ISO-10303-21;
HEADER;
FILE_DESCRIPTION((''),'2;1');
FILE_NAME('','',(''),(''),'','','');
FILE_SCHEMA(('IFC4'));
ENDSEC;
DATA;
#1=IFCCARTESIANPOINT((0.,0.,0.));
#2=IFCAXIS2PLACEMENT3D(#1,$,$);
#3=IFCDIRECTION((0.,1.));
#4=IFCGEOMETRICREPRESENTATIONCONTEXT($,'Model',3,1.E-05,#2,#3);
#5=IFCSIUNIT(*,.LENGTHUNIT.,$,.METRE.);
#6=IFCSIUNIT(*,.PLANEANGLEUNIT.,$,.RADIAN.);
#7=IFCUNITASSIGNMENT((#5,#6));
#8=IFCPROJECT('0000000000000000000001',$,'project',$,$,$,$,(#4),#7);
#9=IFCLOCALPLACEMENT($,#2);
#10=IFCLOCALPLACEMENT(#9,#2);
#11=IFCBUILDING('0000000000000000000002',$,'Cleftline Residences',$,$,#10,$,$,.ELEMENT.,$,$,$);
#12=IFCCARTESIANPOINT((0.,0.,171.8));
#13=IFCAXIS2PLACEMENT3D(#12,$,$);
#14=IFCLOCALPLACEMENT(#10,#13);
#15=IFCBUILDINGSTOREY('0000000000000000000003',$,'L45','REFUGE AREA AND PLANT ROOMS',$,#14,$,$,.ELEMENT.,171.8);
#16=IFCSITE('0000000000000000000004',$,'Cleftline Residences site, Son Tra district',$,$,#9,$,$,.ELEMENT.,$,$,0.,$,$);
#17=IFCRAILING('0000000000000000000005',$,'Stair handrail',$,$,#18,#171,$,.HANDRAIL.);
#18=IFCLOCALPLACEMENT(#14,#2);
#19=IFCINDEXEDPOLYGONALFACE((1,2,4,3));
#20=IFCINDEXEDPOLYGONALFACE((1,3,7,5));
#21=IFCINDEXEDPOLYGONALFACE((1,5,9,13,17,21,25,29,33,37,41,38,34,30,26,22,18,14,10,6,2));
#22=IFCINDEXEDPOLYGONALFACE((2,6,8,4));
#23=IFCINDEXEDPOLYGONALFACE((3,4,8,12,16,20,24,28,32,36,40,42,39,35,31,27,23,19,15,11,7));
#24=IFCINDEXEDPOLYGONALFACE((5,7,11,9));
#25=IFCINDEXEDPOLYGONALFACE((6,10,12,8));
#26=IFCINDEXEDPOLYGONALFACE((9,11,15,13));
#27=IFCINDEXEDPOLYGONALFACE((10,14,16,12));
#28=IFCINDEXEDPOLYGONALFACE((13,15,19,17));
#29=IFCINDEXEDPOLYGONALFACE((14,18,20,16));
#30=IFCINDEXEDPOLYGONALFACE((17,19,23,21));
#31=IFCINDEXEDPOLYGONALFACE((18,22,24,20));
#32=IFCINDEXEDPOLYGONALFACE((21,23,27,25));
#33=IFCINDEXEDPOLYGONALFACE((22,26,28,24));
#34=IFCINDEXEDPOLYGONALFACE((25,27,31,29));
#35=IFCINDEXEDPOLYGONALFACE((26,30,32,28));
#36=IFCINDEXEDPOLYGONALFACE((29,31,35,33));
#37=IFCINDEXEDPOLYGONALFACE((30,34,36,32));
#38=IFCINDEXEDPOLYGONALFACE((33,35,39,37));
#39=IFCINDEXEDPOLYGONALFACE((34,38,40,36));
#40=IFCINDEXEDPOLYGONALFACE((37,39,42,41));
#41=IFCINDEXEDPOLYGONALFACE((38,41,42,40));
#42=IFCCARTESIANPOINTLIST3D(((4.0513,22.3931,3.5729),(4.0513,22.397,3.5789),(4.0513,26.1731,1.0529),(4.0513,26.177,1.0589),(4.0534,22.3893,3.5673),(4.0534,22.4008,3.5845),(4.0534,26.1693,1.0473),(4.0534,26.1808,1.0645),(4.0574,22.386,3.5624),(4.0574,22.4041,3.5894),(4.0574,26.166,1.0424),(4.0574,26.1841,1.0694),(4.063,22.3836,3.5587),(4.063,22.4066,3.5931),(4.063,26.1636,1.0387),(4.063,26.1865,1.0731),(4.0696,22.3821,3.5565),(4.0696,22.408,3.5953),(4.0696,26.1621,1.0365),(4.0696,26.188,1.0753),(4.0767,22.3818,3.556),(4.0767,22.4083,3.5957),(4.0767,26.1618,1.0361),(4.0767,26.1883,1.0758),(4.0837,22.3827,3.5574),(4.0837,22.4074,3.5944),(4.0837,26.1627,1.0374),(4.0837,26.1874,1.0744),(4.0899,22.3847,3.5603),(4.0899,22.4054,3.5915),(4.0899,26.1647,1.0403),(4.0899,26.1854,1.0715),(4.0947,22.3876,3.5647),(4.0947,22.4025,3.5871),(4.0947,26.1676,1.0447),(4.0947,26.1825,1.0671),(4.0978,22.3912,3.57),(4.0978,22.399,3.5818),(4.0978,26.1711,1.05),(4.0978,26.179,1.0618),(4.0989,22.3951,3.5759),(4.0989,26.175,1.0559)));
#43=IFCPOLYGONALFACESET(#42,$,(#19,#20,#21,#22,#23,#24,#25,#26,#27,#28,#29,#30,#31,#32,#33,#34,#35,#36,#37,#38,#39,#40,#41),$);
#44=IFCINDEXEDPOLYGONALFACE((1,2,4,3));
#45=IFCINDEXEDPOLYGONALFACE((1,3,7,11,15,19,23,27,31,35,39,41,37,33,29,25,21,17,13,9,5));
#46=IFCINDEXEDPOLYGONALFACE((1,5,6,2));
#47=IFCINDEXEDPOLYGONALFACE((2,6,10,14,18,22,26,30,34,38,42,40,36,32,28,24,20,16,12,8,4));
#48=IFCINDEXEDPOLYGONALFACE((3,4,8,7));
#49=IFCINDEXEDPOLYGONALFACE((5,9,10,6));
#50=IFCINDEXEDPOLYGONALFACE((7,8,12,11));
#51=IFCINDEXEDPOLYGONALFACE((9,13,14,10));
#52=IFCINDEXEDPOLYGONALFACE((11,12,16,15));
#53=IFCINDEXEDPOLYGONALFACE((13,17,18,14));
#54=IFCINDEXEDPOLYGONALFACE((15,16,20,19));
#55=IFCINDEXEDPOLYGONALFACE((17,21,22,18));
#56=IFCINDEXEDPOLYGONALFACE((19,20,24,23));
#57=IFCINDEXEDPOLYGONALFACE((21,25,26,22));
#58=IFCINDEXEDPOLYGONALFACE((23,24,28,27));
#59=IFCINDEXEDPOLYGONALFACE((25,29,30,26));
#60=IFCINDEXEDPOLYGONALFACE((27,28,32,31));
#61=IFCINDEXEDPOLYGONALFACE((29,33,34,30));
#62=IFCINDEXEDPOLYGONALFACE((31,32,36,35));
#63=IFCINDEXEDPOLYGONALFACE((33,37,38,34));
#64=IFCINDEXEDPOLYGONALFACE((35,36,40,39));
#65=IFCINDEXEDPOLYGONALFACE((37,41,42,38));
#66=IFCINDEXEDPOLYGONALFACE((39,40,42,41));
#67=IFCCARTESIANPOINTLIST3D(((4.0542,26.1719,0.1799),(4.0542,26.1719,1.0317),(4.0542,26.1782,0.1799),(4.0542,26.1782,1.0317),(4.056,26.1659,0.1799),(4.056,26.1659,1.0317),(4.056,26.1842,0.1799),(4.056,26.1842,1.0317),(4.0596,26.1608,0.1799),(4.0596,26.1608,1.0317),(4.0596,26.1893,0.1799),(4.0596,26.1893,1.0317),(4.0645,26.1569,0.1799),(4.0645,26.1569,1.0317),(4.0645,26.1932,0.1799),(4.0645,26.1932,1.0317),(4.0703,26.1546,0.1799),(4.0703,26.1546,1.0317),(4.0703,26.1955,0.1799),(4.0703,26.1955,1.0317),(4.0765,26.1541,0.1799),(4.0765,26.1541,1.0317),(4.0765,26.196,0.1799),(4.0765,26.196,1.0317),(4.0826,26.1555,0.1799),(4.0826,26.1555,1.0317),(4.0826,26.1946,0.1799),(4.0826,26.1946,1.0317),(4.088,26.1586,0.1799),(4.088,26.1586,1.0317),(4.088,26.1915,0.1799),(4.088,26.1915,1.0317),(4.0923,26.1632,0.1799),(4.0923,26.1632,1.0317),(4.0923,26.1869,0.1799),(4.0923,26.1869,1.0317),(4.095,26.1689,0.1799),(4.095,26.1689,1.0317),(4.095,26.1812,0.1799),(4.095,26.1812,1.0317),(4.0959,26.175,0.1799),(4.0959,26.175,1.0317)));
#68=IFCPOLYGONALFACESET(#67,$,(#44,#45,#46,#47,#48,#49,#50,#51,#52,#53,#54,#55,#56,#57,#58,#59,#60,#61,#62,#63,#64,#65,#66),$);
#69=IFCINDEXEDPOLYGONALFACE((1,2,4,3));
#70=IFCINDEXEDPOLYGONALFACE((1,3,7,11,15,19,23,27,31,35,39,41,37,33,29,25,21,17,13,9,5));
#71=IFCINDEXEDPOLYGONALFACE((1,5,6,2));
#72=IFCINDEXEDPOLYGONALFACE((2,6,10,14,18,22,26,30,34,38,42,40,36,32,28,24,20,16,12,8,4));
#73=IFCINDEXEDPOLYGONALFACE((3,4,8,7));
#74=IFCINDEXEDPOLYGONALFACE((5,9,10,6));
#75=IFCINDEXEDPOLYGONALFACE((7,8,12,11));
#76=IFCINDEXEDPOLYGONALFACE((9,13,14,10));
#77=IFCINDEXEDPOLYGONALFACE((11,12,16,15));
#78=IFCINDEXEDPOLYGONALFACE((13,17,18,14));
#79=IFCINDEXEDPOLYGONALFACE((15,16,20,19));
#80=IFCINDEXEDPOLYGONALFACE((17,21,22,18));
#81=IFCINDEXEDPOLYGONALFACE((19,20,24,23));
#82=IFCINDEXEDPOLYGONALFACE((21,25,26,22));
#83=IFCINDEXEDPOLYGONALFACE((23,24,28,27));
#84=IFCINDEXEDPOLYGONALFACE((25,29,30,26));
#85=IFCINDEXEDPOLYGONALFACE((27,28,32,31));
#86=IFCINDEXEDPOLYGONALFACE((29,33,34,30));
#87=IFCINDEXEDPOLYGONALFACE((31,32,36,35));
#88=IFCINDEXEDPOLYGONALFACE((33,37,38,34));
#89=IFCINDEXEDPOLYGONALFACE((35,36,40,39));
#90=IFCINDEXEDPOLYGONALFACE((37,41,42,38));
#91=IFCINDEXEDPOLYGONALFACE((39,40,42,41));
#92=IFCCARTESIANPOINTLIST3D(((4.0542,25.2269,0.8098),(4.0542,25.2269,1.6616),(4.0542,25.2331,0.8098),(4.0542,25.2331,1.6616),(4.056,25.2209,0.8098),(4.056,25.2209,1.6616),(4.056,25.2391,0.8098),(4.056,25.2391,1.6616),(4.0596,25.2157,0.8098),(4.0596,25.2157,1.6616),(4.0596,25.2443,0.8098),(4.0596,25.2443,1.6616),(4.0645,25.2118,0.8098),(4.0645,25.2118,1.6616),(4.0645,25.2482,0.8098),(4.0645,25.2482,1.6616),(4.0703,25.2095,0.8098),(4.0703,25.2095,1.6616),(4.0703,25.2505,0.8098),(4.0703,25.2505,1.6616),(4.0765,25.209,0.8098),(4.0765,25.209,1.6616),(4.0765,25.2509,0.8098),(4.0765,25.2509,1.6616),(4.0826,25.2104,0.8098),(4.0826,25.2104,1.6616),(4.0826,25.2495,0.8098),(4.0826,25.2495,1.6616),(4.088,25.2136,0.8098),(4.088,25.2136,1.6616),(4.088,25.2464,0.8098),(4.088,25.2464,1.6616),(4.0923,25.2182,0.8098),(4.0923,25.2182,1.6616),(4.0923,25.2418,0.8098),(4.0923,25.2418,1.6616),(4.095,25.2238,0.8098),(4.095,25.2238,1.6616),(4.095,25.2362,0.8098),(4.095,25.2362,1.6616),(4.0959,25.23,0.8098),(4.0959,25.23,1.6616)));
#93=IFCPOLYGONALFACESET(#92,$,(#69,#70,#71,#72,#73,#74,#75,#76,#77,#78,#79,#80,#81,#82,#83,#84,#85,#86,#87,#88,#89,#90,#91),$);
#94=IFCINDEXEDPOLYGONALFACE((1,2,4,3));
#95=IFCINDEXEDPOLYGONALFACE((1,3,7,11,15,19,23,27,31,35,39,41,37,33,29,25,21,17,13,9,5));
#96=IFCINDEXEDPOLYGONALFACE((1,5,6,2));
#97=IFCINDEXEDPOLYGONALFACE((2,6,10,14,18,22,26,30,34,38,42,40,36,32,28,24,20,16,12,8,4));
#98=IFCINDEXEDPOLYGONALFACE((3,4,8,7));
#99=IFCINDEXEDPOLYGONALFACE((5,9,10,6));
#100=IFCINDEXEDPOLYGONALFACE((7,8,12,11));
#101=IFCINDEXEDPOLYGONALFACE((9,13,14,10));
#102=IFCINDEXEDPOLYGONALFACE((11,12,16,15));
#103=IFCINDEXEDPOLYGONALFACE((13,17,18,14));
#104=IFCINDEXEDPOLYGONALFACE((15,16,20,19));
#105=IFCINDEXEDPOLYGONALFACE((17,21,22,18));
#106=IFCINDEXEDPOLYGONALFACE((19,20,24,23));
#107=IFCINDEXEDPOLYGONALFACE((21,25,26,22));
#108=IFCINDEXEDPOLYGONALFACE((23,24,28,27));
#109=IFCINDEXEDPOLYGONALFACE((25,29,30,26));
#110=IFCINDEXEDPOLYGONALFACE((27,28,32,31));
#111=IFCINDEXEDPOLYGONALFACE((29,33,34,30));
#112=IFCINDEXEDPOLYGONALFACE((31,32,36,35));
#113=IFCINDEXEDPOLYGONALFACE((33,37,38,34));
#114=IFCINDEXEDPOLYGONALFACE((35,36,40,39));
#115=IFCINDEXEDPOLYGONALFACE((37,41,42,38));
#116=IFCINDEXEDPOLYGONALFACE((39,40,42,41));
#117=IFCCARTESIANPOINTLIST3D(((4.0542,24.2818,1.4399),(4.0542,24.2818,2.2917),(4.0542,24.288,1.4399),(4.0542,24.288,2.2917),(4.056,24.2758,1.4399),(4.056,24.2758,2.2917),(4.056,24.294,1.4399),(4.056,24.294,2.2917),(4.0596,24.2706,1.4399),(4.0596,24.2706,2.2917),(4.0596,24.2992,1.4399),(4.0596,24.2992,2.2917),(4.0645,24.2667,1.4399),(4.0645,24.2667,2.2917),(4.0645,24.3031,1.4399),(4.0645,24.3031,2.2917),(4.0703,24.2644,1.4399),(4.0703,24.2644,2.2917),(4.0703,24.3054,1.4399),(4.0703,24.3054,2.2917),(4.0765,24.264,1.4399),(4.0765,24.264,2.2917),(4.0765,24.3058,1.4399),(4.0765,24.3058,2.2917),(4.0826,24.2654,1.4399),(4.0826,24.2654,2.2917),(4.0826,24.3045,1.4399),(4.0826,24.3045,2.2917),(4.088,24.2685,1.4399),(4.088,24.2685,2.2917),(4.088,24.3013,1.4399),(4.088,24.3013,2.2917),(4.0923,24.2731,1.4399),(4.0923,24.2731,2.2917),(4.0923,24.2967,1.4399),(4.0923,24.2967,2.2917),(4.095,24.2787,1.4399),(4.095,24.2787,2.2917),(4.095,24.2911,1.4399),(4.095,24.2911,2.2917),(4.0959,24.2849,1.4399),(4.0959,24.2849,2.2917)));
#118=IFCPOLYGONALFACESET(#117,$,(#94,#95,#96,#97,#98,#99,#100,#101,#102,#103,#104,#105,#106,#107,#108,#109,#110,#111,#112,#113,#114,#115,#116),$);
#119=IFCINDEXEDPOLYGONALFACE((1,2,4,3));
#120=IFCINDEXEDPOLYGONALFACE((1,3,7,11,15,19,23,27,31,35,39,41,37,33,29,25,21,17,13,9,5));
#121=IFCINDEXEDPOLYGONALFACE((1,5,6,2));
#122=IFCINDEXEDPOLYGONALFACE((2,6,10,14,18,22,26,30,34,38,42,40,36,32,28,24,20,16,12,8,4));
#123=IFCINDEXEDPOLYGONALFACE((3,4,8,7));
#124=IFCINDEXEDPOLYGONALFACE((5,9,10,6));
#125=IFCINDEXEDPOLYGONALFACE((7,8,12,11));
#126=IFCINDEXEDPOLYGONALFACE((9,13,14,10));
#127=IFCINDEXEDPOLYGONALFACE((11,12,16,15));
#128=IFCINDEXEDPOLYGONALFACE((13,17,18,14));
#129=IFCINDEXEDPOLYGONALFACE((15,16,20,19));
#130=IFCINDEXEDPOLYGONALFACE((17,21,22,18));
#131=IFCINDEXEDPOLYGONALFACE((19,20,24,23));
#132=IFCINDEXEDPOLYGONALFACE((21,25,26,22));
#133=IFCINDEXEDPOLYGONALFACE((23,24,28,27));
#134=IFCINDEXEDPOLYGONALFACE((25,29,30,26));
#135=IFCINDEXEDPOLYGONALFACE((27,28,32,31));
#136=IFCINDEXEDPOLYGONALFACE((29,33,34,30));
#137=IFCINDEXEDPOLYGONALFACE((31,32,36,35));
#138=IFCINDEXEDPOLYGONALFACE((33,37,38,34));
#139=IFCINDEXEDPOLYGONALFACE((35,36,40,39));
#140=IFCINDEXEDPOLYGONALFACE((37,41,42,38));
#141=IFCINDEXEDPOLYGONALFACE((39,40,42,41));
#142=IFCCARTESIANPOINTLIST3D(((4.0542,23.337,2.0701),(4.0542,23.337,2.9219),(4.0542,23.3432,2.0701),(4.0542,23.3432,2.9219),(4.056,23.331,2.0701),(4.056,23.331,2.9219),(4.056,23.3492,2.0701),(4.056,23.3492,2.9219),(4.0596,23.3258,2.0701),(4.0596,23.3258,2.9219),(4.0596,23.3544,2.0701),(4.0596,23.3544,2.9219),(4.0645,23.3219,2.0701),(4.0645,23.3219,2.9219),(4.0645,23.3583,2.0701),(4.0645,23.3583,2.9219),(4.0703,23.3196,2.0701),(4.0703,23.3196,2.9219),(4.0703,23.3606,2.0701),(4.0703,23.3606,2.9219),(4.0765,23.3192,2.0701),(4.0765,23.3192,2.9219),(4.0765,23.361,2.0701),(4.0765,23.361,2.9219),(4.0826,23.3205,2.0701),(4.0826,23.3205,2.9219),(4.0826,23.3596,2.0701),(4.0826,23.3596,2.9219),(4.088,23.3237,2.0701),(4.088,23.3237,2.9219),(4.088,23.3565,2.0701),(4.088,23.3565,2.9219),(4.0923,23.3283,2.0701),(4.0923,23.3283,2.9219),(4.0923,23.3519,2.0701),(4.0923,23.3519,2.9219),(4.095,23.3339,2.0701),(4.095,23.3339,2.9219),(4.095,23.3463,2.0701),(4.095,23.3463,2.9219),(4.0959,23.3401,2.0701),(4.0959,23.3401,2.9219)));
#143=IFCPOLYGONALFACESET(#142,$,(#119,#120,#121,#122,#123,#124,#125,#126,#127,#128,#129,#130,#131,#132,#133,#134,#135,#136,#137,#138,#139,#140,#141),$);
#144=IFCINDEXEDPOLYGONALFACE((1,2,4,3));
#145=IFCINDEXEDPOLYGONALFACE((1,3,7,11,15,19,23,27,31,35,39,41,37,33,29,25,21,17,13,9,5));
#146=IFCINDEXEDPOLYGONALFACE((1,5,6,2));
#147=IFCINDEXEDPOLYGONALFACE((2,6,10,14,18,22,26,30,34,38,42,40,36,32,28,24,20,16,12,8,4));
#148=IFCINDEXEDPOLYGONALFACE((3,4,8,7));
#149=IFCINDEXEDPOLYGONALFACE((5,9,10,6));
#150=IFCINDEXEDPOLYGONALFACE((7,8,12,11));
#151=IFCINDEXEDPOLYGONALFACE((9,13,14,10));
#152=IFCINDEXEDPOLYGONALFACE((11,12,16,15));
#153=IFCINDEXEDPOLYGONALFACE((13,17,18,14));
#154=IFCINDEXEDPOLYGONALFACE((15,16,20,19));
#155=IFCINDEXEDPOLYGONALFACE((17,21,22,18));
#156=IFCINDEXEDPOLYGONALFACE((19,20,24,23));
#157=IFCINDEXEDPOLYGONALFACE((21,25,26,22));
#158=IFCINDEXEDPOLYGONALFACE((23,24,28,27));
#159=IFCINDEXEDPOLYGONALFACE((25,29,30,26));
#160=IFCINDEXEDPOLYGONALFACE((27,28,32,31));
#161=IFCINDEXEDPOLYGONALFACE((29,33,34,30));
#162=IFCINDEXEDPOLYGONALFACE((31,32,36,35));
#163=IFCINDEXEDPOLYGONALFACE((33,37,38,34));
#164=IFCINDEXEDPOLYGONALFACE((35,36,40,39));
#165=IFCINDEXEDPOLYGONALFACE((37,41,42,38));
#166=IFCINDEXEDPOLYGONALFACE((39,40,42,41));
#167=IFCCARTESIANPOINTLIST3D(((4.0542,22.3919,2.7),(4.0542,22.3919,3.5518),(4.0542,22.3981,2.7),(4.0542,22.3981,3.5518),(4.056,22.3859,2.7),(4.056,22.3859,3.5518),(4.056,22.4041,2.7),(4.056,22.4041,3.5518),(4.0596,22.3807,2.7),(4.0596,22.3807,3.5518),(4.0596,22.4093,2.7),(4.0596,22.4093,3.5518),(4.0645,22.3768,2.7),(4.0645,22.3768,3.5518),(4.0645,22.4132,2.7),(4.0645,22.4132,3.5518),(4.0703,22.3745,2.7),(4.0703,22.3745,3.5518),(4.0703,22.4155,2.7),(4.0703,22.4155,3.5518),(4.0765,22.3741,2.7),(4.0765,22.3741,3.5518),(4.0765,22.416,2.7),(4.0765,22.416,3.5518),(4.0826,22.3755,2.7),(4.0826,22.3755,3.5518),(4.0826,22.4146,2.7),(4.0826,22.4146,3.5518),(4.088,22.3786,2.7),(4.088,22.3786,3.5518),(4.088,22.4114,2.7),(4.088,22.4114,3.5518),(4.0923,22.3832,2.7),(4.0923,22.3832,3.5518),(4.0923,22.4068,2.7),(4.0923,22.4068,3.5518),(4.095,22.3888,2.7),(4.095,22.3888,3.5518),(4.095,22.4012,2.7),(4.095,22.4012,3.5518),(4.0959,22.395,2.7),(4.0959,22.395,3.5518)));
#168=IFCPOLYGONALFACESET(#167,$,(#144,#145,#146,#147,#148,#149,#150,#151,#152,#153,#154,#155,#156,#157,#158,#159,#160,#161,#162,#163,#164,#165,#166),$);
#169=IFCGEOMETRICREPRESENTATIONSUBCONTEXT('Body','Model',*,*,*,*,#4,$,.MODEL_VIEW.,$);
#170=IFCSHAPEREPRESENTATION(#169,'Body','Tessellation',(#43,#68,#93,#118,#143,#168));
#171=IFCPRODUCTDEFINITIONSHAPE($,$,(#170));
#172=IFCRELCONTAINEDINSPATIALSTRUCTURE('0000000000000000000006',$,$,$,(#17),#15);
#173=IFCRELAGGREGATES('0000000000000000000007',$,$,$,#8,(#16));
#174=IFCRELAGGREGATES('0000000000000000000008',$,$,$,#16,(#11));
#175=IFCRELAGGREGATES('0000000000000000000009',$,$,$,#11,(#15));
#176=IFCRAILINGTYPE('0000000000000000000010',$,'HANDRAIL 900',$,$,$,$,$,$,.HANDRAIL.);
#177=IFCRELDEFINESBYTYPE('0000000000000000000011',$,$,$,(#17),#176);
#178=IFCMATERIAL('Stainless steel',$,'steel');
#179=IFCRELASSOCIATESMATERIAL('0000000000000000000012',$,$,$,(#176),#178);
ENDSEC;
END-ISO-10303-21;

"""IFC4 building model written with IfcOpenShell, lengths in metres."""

from ifc_helpers import new_model, si_unit, direction, frame, origin, origin_2d, place, context, subcontext, project, spatial, circle, extrude, material, type_object, element, save


model = new_model("IFC4")

# Units and contexts
model_context = context("Model", 3, precision=1e-05, world=origin(), true_north=direction((0.0, 1.0)))
body_context = subcontext(model_context, "Body", "Model", "MODEL_VIEW")
ifc_project = project(units=[si_unit("LENGTHUNIT", "METRE"), si_unit("PLANEANGLEUNIT", "RADIAN")], contexts=[model_context])

# Site, building, storey
site_placement = place(None, origin())
site = spatial("IfcSite", under=ifc_project, at=site_placement, Name="Cleftline Residences site, Son Tra district", CompositionType="ELEMENT", RefElevation=0.0)
building_placement = place(site_placement, origin())
building = spatial("IfcBuilding", under=site, at=building_placement, Name="Cleftline Residences", CompositionType="ELEMENT")
storey_placement = place(building_placement, frame((0.0, 0.0, 171.8)))
storey = spatial("IfcBuildingStorey", under=building, at=storey_placement, Name="L45", Description="REFUGE AREA AND PLANT ROOMS", CompositionType="ELEMENT", Elevation=171.8)

# Railing
ifc_material_1 = material(Name="Stainless steel", Category="steel")
railing_type = type_object("IfcRailingType", Name="HANDRAIL 900", PredefinedType="HANDRAIL", material=ifc_material_1)
railing_placement = place(storey_placement, frame((4.075, 26.175, 0.1799)))
element("IfcRailing", 1, at=railing_placement, inside=storey, type_object=railing_type, Name="Stair handrail", PredefinedType="HANDRAIL", context=body_context, shape_type="SweptSolid", body=[
    extrude(circle(Radius=0.0239, at=origin_2d()), frame((0.0, 0.0, 0.876), z_axis=(0.0, -0.83205, 0.5547), x_axis=(1.0, 0.0, 0.0)), (0.0, 0.0, 1.0), 4.543),
    extrude(circle(Radius=0.021, at=origin_2d()), origin(), (0.0, 0.0, 1.0), 0.8518),
    extrude(circle(Radius=0.021, at=origin_2d()), frame((0.0, -0.9451, 0.6299)), (0.0, 0.0, 1.0), 0.8518),
    extrude(circle(Radius=0.021, at=origin_2d()), frame((0.0, -1.8901, 1.26)), (0.0, 0.0, 1.0), 0.8518),
    extrude(circle(Radius=0.021, at=origin_2d()), frame((0.0, -2.835, 1.8901)), (0.0, 0.0, 1.0), 0.8518),
    extrude(circle(Radius=0.021, at=origin_2d()), frame((0.0, -3.78, 2.52)), (0.0, 0.0, 1.0), 0.8518),
])

save(model, "model.ifc")
